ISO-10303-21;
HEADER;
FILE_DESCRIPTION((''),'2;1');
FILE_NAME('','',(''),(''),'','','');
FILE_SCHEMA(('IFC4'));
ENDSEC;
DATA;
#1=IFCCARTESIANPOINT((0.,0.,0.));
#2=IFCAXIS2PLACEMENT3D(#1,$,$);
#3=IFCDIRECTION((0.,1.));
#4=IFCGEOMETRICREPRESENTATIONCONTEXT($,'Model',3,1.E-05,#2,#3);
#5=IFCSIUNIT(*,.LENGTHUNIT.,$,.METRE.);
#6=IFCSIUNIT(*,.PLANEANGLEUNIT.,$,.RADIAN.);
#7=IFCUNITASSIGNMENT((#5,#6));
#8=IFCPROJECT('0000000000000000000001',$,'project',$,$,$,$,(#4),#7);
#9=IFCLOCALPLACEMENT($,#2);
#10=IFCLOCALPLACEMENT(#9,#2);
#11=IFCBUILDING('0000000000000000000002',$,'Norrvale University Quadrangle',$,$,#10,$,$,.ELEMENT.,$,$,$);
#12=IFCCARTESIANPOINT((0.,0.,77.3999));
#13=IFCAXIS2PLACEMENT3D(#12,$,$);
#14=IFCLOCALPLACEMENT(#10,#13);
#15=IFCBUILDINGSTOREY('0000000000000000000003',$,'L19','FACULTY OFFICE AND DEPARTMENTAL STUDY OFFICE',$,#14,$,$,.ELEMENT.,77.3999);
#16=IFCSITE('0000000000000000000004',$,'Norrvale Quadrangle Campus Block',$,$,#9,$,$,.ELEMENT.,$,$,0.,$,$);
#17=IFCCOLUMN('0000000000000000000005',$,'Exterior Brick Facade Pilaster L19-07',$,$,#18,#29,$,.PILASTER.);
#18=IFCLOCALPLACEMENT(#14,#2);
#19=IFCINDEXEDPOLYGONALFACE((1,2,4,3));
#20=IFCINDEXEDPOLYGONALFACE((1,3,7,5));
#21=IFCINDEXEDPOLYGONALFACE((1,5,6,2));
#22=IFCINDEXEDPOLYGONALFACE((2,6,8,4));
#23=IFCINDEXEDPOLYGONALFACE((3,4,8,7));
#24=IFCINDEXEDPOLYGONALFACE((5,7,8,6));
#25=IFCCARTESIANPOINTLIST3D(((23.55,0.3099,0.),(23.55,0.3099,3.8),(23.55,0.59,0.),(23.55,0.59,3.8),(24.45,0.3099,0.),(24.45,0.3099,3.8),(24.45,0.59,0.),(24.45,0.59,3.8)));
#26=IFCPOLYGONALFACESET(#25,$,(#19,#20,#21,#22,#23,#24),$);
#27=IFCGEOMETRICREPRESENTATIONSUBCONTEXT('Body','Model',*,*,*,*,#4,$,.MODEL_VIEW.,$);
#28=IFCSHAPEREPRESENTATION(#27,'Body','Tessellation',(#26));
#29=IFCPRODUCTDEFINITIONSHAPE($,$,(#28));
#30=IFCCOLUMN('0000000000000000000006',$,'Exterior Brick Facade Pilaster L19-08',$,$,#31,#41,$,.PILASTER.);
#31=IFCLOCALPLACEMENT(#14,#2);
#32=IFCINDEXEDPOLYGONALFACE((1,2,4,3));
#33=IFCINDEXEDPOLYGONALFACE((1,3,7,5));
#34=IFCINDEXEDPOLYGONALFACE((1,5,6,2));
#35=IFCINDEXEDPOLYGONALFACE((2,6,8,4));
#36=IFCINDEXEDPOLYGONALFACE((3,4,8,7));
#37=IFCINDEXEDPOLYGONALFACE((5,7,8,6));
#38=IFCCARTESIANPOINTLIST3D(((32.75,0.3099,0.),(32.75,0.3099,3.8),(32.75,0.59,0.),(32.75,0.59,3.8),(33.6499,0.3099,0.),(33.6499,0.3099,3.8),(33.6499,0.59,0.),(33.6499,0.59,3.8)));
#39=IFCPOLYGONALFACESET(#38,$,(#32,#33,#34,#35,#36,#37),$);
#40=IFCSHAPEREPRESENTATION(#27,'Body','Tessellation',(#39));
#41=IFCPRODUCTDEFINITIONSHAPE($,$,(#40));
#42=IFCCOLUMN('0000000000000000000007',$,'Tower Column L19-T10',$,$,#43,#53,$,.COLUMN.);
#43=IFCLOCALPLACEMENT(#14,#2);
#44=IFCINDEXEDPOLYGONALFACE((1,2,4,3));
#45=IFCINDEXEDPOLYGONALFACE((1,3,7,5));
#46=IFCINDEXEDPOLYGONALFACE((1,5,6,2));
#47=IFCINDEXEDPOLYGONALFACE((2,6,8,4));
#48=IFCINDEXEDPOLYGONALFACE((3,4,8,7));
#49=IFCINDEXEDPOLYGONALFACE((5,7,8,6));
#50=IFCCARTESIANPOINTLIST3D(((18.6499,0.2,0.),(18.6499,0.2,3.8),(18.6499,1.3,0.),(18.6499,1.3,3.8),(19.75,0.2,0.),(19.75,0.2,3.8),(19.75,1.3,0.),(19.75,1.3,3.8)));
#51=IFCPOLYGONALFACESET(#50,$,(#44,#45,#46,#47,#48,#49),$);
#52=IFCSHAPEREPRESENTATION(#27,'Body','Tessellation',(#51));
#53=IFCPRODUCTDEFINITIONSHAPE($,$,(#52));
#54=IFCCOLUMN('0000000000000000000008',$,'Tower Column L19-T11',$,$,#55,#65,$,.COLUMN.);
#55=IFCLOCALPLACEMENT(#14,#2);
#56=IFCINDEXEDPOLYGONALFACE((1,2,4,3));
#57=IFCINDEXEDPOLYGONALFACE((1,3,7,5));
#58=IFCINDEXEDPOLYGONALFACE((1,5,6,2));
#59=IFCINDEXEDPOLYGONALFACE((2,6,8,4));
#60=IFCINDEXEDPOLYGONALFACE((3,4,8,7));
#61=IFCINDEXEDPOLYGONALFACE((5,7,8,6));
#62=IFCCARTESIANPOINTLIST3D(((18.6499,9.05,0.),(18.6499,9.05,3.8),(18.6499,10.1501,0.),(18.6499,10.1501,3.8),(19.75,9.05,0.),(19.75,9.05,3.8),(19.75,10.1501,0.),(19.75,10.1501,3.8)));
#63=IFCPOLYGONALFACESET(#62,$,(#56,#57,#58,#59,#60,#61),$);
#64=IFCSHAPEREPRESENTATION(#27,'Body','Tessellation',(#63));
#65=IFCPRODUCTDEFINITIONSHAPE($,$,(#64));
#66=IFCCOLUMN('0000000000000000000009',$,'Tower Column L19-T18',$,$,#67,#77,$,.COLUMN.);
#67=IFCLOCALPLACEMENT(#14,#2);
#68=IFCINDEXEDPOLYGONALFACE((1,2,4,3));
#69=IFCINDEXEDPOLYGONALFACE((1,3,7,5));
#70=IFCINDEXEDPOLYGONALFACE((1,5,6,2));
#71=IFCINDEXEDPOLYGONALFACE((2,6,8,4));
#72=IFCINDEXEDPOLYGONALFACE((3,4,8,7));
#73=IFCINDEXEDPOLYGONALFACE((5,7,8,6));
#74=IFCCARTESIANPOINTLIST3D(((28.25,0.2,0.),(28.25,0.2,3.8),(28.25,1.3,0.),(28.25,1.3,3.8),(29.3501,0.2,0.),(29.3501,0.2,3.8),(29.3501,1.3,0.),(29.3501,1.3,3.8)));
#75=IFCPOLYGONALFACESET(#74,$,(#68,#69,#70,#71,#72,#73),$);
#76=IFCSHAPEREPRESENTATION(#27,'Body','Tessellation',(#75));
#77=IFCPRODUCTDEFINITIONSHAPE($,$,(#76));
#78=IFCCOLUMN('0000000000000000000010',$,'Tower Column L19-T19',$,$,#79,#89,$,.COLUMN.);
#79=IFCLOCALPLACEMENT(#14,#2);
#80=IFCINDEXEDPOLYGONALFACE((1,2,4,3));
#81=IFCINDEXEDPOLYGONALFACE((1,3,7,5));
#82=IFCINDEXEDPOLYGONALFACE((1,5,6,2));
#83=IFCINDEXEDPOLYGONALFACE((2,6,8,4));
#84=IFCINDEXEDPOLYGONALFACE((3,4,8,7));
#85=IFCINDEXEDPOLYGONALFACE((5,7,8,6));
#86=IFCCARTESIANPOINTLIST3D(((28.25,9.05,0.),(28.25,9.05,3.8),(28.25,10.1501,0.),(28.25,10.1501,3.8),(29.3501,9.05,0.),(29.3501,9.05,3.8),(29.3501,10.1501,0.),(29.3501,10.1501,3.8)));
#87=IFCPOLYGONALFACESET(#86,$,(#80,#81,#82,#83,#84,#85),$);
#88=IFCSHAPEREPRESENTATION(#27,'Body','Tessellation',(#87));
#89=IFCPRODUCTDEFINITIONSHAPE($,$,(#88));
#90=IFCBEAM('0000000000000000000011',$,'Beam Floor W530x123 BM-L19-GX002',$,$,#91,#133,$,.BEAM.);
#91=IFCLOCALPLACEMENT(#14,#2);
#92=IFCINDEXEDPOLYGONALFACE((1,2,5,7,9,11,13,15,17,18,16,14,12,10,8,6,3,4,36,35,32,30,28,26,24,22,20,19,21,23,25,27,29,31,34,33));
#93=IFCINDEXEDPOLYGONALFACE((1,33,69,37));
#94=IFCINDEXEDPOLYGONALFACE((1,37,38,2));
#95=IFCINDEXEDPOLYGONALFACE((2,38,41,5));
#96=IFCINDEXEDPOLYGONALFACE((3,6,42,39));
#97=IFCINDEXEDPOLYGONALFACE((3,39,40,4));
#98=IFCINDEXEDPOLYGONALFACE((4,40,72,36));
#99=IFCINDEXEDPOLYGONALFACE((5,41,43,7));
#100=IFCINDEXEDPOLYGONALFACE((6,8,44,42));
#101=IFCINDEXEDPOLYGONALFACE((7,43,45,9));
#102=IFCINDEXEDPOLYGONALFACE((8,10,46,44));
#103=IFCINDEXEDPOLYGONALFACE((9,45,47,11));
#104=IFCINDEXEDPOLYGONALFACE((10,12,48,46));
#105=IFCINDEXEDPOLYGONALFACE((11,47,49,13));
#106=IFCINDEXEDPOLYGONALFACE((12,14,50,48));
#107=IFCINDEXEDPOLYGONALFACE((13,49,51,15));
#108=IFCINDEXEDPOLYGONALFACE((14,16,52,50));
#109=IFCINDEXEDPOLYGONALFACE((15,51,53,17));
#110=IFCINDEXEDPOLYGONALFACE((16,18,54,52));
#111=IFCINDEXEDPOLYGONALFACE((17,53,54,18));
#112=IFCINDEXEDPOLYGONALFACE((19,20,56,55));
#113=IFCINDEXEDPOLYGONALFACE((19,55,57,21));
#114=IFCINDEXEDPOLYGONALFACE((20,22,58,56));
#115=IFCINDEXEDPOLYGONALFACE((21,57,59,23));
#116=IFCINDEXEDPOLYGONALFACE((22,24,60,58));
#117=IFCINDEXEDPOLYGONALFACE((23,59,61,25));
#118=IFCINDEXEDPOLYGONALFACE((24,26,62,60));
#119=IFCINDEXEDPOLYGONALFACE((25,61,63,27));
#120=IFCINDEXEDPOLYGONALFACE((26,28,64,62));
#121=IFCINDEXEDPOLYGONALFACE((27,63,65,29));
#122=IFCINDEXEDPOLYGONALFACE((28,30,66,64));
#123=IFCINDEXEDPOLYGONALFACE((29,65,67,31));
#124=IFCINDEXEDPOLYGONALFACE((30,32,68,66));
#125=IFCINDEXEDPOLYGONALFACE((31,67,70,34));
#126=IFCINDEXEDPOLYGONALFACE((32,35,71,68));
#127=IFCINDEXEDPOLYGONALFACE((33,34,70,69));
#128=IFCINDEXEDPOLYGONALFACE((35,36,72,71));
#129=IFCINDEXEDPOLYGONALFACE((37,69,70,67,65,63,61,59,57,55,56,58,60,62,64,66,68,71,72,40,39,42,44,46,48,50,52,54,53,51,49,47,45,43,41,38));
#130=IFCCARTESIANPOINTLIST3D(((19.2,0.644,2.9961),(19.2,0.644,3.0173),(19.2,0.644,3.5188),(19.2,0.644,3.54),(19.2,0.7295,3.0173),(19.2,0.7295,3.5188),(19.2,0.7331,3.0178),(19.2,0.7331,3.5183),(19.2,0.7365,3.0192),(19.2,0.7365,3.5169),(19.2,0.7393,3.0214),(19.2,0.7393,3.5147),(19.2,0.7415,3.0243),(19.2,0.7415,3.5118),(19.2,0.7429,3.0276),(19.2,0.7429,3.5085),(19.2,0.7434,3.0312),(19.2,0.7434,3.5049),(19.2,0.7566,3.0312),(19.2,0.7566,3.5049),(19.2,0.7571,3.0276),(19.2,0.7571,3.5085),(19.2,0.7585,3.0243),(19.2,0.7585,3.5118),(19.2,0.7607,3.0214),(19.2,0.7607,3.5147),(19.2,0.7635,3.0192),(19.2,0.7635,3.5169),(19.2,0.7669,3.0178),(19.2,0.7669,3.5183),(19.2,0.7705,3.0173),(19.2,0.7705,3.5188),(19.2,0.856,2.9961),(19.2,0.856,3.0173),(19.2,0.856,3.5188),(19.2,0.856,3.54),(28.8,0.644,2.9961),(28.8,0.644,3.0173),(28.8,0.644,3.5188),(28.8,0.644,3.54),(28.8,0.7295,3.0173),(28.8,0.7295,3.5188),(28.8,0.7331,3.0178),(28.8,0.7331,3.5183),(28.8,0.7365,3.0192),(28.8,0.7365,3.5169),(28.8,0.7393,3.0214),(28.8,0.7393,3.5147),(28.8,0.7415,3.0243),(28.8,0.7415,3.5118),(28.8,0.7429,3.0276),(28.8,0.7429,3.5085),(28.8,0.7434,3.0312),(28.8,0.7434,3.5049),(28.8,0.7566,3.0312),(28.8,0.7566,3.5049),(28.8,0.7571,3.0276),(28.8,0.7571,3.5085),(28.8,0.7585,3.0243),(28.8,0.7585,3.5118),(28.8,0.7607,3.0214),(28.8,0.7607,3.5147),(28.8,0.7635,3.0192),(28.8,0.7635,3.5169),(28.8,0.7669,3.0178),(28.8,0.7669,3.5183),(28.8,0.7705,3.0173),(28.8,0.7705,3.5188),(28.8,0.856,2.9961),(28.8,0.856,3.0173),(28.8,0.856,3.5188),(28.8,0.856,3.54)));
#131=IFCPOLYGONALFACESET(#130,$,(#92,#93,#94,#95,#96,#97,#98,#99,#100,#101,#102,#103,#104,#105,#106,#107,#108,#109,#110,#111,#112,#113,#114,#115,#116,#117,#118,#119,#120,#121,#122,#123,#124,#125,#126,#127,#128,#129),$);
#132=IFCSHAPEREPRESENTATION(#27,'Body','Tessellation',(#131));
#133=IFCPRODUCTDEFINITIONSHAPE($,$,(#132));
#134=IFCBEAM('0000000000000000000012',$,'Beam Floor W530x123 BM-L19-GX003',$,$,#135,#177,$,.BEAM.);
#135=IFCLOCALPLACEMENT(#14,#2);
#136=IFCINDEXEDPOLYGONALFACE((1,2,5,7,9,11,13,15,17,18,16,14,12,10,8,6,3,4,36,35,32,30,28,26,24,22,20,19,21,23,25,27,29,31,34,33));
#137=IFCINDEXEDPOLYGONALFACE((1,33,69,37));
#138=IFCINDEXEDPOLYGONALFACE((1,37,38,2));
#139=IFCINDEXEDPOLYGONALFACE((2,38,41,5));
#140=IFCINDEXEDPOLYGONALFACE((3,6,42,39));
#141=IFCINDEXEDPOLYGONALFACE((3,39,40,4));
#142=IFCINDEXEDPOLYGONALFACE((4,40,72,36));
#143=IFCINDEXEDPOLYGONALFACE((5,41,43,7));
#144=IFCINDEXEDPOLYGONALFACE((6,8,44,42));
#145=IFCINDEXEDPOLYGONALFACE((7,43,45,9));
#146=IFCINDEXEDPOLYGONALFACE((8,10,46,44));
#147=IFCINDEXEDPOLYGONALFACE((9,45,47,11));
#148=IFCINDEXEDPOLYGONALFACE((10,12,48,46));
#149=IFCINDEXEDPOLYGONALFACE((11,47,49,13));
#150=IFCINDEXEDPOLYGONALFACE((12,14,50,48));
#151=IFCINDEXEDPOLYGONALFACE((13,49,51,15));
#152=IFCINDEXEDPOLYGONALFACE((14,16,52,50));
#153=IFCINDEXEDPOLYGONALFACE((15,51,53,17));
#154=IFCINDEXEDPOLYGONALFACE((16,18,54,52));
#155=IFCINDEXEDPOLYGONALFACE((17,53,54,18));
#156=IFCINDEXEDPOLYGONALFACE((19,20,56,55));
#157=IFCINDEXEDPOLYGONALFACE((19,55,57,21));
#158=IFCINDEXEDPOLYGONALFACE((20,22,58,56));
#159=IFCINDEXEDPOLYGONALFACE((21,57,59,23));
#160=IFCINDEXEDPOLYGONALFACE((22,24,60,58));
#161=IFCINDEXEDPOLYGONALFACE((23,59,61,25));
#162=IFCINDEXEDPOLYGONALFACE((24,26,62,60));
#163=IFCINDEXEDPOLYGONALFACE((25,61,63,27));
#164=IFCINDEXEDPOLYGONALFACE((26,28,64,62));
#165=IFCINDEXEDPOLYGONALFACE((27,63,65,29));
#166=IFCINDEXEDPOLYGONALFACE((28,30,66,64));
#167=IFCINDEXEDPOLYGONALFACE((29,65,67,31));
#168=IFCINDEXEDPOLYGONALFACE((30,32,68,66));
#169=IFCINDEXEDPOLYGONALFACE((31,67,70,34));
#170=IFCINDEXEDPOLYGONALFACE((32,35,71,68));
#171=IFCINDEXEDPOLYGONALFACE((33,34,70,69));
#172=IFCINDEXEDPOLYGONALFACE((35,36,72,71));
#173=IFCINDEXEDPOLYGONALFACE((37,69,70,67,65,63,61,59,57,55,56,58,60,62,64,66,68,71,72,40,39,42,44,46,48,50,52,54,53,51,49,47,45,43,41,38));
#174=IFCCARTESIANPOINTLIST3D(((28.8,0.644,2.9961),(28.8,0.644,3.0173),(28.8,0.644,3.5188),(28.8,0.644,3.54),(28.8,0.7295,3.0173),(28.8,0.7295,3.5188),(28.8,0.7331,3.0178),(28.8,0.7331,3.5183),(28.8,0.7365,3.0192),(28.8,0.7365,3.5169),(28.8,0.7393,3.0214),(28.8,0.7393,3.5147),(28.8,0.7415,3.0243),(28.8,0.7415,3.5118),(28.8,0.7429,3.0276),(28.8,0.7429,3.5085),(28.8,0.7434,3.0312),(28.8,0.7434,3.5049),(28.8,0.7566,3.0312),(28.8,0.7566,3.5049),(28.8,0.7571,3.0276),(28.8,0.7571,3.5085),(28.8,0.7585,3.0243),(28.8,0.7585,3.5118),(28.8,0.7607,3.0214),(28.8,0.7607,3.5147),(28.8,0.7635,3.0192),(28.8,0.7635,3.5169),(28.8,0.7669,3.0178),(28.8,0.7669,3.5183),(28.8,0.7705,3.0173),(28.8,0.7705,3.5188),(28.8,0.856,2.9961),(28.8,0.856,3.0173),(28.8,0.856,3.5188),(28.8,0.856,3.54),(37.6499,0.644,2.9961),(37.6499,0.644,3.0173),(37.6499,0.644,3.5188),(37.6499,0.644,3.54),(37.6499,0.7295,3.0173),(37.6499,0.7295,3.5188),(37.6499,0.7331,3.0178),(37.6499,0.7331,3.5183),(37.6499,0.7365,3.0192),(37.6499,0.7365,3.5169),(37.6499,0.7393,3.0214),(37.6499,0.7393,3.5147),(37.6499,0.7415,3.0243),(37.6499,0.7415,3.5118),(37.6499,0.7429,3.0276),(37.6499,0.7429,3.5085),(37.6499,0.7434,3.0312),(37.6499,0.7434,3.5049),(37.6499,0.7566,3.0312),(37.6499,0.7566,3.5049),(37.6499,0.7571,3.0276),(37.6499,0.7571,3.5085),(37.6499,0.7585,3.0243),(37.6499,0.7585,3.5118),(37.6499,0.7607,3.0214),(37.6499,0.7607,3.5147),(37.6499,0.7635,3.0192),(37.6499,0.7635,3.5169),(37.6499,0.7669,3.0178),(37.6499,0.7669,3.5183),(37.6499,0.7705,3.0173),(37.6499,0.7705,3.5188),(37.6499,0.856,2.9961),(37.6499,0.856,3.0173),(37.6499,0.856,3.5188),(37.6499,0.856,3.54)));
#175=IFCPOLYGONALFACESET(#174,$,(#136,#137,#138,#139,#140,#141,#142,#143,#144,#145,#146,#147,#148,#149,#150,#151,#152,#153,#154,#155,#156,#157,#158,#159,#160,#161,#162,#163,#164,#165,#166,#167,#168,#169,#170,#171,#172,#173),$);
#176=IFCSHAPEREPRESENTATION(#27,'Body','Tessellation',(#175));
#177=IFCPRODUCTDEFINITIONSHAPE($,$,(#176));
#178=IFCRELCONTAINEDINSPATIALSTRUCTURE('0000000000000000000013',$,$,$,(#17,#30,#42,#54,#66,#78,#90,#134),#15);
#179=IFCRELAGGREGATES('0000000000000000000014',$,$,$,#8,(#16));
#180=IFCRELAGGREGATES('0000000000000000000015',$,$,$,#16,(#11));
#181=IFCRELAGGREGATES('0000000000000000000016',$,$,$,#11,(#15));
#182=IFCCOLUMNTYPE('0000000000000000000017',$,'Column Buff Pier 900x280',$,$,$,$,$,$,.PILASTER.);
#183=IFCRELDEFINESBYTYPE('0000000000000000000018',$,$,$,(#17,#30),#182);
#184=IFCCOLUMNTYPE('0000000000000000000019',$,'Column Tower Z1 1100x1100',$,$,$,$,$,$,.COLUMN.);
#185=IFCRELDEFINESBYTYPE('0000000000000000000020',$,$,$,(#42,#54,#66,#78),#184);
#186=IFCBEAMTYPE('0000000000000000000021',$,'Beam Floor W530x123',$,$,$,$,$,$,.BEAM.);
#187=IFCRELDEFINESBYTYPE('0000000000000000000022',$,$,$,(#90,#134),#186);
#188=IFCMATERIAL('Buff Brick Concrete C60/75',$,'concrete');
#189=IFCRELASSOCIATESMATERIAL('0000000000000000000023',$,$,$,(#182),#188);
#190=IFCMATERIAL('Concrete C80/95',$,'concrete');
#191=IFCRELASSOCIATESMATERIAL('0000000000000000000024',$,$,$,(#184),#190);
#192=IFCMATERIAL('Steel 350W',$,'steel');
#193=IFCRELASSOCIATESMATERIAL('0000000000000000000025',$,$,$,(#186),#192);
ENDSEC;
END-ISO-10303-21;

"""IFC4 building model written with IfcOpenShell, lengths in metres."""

from ifc_helpers import new_model, si_unit, direction, frame, origin, origin_2d, place, context, subcontext, project, spatial, rectangle, i_section, extrude, material, material_profile, profile_set, type_object, element, save


model = new_model("IFC4")

# Units and contexts
model_context = context("Model", 3, precision=1e-05, world=origin(), true_north=direction((0.0, 1.0)))
body_context = subcontext(model_context, "Body", "Model", "MODEL_VIEW")
ifc_project = project(units=[si_unit("LENGTHUNIT", "METRE"), si_unit("PLANEANGLEUNIT", "RADIAN")], contexts=[model_context])

# Site, building, storey
site_placement = place(None, origin())
site = spatial("IfcSite", under=ifc_project, at=site_placement, Name="Norrvale Quadrangle Campus Block", CompositionType="ELEMENT", RefElevation=0.0)
building_placement = place(site_placement, origin())
building = spatial("IfcBuilding", under=site, at=building_placement, Name="Norrvale University Quadrangle", CompositionType="ELEMENT")
storey_placement = place(building_placement, frame((0.0, 0.0, 77.3999)))
storey = spatial("IfcBuildingStorey", under=building, at=storey_placement, Name="L19", Description="FACULTY OFFICE AND DEPARTMENTAL STUDY OFFICE", CompositionType="ELEMENT", Elevation=77.3999)

# Columns
ifc_material_1 = material(Name="Buff Brick Concrete C60/75", Category="concrete")
ifc_material_profile_1 = material_profile(ifc_material_1, rectangle(XDim=0.8999, YDim=0.28, at=origin_2d()), Name="Buff Brick Concrete C60/75")
ifc_profile_set_1 = profile_set([ifc_material_profile_1], Name="Buff Brick Concrete C60/75")
column_type_1 = type_object("IfcColumnType", Name="Column Buff Pier 900x280", PredefinedType="PILASTER", material=ifc_profile_set_1)
for number, where, z_axis, x_axis, name in (
    (1, (24.0, 0.45, 0.0), (0.0, 0.0, 1.0), (1.0, 0.0, 0.0), "Exterior Brick Facade Pilaster L19-07"),
    (2, (33.2, 0.45, 0.0), (0.0, 0.0, 1.0), (1.0, 0.0, 0.0), "Exterior Brick Facade Pilaster L19-08"),
):
    element("IfcColumn", number, at=place(storey_placement, frame(where, z_axis=z_axis, x_axis=x_axis)), inside=storey, type_object=column_type_1, Name=name, PredefinedType="PILASTER", context=body_context, shape_type="SweptSolid", body=[
        extrude(rectangle(XDim=0.8999, YDim=0.28, at=origin_2d()), origin(), (0.0, 0.0, 1.0), 3.8),
    ])
ifc_material_2 = material(Name="Concrete C80/95", Category="concrete")
ifc_material_profile_2 = material_profile(ifc_material_2, rectangle(XDim=1.1001, YDim=1.1001, at=origin_2d()), Name="Concrete C80/95")
ifc_profile_set_2 = profile_set([ifc_material_profile_2], Name="Concrete C80/95")
column_type_2 = type_object("IfcColumnType", Name="Column Tower Z1 1100x1100", PredefinedType="COLUMN", material=ifc_profile_set_2)
for number, where, z_axis, x_axis, name in (
    (3, (19.2, 0.75, 0.0), (0.0, 0.0, 1.0), (1.0, 0.0, 0.0), "Tower Column L19-T10"),
    (4, (19.2, 9.6001, 0.0), (0.0, 0.0, 1.0), (1.0, 0.0, 0.0), "Tower Column L19-T11"),
    (5, (28.8, 0.75, 0.0), (0.0, 0.0, 1.0), (1.0, 0.0, 0.0), "Tower Column L19-T18"),
    (6, (28.8, 9.6001, 0.0), (0.0, 0.0, 1.0), (1.0, 0.0, 0.0), "Tower Column L19-T19"),
):
    element("IfcColumn", number, at=place(storey_placement, frame(where, z_axis=z_axis, x_axis=x_axis)), inside=storey, type_object=column_type_2, Name=name, PredefinedType="COLUMN", context=body_context, shape_type="SweptSolid", body=[
        extrude(rectangle(XDim=1.1001, YDim=1.1001, at=origin_2d()), origin(), (0.0, 0.0, 1.0), 3.8),
    ])

# Beams
ifc_material_3 = material(Name="Steel 350W", Category="steel")
ifc_material_profile_3 = material_profile(ifc_material_3, i_section(OverallWidth=0.2119, OverallDepth=0.5439, WebThickness=0.0132, FlangeThickness=0.0212, FilletRadius=0.0139, at=origin_2d()), Name="Steel 350W")
ifc_profile_set_3 = profile_set([ifc_material_profile_3], Name="Steel 350W")
beam_type_1 = type_object("IfcBeamType", Name="Beam Floor W530x123", PredefinedType="BEAM", material=ifc_profile_set_3)
beam_1_placement = place(storey_placement, frame((19.2, 0.75, 3.2681), z_axis=(1.0, 0.0, 0.0), x_axis=(0.0, 1.0, 0.0)))
element("IfcBeam", 7, at=beam_1_placement, inside=storey, type_object=beam_type_1, Name="Beam Floor W530x123 BM-L19-GX002", PredefinedType="BEAM", context=body_context, shape_type="SweptSolid", body=[
    extrude(i_section(OverallWidth=0.2119, OverallDepth=0.5439, WebThickness=0.0132, FlangeThickness=0.0212, FilletRadius=0.0139, at=origin_2d()), origin(), (0.0, 0.0, 1.0), 9.6001),
])
beam_2_placement = place(storey_placement, frame((28.8, 0.75, 3.2681), z_axis=(1.0, 0.0, 0.0), x_axis=(0.0, 1.0, 0.0)))
element("IfcBeam", 8, at=beam_2_placement, inside=storey, type_object=beam_type_1, Name="Beam Floor W530x123 BM-L19-GX003", PredefinedType="BEAM", context=body_context, shape_type="SweptSolid", body=[
    extrude(i_section(OverallWidth=0.2119, OverallDepth=0.5439, WebThickness=0.0132, FlangeThickness=0.0212, FilletRadius=0.0139, at=origin_2d()), origin(), (0.0, 0.0, 1.0), 8.8499),
])

save(model, "model.ifc")
